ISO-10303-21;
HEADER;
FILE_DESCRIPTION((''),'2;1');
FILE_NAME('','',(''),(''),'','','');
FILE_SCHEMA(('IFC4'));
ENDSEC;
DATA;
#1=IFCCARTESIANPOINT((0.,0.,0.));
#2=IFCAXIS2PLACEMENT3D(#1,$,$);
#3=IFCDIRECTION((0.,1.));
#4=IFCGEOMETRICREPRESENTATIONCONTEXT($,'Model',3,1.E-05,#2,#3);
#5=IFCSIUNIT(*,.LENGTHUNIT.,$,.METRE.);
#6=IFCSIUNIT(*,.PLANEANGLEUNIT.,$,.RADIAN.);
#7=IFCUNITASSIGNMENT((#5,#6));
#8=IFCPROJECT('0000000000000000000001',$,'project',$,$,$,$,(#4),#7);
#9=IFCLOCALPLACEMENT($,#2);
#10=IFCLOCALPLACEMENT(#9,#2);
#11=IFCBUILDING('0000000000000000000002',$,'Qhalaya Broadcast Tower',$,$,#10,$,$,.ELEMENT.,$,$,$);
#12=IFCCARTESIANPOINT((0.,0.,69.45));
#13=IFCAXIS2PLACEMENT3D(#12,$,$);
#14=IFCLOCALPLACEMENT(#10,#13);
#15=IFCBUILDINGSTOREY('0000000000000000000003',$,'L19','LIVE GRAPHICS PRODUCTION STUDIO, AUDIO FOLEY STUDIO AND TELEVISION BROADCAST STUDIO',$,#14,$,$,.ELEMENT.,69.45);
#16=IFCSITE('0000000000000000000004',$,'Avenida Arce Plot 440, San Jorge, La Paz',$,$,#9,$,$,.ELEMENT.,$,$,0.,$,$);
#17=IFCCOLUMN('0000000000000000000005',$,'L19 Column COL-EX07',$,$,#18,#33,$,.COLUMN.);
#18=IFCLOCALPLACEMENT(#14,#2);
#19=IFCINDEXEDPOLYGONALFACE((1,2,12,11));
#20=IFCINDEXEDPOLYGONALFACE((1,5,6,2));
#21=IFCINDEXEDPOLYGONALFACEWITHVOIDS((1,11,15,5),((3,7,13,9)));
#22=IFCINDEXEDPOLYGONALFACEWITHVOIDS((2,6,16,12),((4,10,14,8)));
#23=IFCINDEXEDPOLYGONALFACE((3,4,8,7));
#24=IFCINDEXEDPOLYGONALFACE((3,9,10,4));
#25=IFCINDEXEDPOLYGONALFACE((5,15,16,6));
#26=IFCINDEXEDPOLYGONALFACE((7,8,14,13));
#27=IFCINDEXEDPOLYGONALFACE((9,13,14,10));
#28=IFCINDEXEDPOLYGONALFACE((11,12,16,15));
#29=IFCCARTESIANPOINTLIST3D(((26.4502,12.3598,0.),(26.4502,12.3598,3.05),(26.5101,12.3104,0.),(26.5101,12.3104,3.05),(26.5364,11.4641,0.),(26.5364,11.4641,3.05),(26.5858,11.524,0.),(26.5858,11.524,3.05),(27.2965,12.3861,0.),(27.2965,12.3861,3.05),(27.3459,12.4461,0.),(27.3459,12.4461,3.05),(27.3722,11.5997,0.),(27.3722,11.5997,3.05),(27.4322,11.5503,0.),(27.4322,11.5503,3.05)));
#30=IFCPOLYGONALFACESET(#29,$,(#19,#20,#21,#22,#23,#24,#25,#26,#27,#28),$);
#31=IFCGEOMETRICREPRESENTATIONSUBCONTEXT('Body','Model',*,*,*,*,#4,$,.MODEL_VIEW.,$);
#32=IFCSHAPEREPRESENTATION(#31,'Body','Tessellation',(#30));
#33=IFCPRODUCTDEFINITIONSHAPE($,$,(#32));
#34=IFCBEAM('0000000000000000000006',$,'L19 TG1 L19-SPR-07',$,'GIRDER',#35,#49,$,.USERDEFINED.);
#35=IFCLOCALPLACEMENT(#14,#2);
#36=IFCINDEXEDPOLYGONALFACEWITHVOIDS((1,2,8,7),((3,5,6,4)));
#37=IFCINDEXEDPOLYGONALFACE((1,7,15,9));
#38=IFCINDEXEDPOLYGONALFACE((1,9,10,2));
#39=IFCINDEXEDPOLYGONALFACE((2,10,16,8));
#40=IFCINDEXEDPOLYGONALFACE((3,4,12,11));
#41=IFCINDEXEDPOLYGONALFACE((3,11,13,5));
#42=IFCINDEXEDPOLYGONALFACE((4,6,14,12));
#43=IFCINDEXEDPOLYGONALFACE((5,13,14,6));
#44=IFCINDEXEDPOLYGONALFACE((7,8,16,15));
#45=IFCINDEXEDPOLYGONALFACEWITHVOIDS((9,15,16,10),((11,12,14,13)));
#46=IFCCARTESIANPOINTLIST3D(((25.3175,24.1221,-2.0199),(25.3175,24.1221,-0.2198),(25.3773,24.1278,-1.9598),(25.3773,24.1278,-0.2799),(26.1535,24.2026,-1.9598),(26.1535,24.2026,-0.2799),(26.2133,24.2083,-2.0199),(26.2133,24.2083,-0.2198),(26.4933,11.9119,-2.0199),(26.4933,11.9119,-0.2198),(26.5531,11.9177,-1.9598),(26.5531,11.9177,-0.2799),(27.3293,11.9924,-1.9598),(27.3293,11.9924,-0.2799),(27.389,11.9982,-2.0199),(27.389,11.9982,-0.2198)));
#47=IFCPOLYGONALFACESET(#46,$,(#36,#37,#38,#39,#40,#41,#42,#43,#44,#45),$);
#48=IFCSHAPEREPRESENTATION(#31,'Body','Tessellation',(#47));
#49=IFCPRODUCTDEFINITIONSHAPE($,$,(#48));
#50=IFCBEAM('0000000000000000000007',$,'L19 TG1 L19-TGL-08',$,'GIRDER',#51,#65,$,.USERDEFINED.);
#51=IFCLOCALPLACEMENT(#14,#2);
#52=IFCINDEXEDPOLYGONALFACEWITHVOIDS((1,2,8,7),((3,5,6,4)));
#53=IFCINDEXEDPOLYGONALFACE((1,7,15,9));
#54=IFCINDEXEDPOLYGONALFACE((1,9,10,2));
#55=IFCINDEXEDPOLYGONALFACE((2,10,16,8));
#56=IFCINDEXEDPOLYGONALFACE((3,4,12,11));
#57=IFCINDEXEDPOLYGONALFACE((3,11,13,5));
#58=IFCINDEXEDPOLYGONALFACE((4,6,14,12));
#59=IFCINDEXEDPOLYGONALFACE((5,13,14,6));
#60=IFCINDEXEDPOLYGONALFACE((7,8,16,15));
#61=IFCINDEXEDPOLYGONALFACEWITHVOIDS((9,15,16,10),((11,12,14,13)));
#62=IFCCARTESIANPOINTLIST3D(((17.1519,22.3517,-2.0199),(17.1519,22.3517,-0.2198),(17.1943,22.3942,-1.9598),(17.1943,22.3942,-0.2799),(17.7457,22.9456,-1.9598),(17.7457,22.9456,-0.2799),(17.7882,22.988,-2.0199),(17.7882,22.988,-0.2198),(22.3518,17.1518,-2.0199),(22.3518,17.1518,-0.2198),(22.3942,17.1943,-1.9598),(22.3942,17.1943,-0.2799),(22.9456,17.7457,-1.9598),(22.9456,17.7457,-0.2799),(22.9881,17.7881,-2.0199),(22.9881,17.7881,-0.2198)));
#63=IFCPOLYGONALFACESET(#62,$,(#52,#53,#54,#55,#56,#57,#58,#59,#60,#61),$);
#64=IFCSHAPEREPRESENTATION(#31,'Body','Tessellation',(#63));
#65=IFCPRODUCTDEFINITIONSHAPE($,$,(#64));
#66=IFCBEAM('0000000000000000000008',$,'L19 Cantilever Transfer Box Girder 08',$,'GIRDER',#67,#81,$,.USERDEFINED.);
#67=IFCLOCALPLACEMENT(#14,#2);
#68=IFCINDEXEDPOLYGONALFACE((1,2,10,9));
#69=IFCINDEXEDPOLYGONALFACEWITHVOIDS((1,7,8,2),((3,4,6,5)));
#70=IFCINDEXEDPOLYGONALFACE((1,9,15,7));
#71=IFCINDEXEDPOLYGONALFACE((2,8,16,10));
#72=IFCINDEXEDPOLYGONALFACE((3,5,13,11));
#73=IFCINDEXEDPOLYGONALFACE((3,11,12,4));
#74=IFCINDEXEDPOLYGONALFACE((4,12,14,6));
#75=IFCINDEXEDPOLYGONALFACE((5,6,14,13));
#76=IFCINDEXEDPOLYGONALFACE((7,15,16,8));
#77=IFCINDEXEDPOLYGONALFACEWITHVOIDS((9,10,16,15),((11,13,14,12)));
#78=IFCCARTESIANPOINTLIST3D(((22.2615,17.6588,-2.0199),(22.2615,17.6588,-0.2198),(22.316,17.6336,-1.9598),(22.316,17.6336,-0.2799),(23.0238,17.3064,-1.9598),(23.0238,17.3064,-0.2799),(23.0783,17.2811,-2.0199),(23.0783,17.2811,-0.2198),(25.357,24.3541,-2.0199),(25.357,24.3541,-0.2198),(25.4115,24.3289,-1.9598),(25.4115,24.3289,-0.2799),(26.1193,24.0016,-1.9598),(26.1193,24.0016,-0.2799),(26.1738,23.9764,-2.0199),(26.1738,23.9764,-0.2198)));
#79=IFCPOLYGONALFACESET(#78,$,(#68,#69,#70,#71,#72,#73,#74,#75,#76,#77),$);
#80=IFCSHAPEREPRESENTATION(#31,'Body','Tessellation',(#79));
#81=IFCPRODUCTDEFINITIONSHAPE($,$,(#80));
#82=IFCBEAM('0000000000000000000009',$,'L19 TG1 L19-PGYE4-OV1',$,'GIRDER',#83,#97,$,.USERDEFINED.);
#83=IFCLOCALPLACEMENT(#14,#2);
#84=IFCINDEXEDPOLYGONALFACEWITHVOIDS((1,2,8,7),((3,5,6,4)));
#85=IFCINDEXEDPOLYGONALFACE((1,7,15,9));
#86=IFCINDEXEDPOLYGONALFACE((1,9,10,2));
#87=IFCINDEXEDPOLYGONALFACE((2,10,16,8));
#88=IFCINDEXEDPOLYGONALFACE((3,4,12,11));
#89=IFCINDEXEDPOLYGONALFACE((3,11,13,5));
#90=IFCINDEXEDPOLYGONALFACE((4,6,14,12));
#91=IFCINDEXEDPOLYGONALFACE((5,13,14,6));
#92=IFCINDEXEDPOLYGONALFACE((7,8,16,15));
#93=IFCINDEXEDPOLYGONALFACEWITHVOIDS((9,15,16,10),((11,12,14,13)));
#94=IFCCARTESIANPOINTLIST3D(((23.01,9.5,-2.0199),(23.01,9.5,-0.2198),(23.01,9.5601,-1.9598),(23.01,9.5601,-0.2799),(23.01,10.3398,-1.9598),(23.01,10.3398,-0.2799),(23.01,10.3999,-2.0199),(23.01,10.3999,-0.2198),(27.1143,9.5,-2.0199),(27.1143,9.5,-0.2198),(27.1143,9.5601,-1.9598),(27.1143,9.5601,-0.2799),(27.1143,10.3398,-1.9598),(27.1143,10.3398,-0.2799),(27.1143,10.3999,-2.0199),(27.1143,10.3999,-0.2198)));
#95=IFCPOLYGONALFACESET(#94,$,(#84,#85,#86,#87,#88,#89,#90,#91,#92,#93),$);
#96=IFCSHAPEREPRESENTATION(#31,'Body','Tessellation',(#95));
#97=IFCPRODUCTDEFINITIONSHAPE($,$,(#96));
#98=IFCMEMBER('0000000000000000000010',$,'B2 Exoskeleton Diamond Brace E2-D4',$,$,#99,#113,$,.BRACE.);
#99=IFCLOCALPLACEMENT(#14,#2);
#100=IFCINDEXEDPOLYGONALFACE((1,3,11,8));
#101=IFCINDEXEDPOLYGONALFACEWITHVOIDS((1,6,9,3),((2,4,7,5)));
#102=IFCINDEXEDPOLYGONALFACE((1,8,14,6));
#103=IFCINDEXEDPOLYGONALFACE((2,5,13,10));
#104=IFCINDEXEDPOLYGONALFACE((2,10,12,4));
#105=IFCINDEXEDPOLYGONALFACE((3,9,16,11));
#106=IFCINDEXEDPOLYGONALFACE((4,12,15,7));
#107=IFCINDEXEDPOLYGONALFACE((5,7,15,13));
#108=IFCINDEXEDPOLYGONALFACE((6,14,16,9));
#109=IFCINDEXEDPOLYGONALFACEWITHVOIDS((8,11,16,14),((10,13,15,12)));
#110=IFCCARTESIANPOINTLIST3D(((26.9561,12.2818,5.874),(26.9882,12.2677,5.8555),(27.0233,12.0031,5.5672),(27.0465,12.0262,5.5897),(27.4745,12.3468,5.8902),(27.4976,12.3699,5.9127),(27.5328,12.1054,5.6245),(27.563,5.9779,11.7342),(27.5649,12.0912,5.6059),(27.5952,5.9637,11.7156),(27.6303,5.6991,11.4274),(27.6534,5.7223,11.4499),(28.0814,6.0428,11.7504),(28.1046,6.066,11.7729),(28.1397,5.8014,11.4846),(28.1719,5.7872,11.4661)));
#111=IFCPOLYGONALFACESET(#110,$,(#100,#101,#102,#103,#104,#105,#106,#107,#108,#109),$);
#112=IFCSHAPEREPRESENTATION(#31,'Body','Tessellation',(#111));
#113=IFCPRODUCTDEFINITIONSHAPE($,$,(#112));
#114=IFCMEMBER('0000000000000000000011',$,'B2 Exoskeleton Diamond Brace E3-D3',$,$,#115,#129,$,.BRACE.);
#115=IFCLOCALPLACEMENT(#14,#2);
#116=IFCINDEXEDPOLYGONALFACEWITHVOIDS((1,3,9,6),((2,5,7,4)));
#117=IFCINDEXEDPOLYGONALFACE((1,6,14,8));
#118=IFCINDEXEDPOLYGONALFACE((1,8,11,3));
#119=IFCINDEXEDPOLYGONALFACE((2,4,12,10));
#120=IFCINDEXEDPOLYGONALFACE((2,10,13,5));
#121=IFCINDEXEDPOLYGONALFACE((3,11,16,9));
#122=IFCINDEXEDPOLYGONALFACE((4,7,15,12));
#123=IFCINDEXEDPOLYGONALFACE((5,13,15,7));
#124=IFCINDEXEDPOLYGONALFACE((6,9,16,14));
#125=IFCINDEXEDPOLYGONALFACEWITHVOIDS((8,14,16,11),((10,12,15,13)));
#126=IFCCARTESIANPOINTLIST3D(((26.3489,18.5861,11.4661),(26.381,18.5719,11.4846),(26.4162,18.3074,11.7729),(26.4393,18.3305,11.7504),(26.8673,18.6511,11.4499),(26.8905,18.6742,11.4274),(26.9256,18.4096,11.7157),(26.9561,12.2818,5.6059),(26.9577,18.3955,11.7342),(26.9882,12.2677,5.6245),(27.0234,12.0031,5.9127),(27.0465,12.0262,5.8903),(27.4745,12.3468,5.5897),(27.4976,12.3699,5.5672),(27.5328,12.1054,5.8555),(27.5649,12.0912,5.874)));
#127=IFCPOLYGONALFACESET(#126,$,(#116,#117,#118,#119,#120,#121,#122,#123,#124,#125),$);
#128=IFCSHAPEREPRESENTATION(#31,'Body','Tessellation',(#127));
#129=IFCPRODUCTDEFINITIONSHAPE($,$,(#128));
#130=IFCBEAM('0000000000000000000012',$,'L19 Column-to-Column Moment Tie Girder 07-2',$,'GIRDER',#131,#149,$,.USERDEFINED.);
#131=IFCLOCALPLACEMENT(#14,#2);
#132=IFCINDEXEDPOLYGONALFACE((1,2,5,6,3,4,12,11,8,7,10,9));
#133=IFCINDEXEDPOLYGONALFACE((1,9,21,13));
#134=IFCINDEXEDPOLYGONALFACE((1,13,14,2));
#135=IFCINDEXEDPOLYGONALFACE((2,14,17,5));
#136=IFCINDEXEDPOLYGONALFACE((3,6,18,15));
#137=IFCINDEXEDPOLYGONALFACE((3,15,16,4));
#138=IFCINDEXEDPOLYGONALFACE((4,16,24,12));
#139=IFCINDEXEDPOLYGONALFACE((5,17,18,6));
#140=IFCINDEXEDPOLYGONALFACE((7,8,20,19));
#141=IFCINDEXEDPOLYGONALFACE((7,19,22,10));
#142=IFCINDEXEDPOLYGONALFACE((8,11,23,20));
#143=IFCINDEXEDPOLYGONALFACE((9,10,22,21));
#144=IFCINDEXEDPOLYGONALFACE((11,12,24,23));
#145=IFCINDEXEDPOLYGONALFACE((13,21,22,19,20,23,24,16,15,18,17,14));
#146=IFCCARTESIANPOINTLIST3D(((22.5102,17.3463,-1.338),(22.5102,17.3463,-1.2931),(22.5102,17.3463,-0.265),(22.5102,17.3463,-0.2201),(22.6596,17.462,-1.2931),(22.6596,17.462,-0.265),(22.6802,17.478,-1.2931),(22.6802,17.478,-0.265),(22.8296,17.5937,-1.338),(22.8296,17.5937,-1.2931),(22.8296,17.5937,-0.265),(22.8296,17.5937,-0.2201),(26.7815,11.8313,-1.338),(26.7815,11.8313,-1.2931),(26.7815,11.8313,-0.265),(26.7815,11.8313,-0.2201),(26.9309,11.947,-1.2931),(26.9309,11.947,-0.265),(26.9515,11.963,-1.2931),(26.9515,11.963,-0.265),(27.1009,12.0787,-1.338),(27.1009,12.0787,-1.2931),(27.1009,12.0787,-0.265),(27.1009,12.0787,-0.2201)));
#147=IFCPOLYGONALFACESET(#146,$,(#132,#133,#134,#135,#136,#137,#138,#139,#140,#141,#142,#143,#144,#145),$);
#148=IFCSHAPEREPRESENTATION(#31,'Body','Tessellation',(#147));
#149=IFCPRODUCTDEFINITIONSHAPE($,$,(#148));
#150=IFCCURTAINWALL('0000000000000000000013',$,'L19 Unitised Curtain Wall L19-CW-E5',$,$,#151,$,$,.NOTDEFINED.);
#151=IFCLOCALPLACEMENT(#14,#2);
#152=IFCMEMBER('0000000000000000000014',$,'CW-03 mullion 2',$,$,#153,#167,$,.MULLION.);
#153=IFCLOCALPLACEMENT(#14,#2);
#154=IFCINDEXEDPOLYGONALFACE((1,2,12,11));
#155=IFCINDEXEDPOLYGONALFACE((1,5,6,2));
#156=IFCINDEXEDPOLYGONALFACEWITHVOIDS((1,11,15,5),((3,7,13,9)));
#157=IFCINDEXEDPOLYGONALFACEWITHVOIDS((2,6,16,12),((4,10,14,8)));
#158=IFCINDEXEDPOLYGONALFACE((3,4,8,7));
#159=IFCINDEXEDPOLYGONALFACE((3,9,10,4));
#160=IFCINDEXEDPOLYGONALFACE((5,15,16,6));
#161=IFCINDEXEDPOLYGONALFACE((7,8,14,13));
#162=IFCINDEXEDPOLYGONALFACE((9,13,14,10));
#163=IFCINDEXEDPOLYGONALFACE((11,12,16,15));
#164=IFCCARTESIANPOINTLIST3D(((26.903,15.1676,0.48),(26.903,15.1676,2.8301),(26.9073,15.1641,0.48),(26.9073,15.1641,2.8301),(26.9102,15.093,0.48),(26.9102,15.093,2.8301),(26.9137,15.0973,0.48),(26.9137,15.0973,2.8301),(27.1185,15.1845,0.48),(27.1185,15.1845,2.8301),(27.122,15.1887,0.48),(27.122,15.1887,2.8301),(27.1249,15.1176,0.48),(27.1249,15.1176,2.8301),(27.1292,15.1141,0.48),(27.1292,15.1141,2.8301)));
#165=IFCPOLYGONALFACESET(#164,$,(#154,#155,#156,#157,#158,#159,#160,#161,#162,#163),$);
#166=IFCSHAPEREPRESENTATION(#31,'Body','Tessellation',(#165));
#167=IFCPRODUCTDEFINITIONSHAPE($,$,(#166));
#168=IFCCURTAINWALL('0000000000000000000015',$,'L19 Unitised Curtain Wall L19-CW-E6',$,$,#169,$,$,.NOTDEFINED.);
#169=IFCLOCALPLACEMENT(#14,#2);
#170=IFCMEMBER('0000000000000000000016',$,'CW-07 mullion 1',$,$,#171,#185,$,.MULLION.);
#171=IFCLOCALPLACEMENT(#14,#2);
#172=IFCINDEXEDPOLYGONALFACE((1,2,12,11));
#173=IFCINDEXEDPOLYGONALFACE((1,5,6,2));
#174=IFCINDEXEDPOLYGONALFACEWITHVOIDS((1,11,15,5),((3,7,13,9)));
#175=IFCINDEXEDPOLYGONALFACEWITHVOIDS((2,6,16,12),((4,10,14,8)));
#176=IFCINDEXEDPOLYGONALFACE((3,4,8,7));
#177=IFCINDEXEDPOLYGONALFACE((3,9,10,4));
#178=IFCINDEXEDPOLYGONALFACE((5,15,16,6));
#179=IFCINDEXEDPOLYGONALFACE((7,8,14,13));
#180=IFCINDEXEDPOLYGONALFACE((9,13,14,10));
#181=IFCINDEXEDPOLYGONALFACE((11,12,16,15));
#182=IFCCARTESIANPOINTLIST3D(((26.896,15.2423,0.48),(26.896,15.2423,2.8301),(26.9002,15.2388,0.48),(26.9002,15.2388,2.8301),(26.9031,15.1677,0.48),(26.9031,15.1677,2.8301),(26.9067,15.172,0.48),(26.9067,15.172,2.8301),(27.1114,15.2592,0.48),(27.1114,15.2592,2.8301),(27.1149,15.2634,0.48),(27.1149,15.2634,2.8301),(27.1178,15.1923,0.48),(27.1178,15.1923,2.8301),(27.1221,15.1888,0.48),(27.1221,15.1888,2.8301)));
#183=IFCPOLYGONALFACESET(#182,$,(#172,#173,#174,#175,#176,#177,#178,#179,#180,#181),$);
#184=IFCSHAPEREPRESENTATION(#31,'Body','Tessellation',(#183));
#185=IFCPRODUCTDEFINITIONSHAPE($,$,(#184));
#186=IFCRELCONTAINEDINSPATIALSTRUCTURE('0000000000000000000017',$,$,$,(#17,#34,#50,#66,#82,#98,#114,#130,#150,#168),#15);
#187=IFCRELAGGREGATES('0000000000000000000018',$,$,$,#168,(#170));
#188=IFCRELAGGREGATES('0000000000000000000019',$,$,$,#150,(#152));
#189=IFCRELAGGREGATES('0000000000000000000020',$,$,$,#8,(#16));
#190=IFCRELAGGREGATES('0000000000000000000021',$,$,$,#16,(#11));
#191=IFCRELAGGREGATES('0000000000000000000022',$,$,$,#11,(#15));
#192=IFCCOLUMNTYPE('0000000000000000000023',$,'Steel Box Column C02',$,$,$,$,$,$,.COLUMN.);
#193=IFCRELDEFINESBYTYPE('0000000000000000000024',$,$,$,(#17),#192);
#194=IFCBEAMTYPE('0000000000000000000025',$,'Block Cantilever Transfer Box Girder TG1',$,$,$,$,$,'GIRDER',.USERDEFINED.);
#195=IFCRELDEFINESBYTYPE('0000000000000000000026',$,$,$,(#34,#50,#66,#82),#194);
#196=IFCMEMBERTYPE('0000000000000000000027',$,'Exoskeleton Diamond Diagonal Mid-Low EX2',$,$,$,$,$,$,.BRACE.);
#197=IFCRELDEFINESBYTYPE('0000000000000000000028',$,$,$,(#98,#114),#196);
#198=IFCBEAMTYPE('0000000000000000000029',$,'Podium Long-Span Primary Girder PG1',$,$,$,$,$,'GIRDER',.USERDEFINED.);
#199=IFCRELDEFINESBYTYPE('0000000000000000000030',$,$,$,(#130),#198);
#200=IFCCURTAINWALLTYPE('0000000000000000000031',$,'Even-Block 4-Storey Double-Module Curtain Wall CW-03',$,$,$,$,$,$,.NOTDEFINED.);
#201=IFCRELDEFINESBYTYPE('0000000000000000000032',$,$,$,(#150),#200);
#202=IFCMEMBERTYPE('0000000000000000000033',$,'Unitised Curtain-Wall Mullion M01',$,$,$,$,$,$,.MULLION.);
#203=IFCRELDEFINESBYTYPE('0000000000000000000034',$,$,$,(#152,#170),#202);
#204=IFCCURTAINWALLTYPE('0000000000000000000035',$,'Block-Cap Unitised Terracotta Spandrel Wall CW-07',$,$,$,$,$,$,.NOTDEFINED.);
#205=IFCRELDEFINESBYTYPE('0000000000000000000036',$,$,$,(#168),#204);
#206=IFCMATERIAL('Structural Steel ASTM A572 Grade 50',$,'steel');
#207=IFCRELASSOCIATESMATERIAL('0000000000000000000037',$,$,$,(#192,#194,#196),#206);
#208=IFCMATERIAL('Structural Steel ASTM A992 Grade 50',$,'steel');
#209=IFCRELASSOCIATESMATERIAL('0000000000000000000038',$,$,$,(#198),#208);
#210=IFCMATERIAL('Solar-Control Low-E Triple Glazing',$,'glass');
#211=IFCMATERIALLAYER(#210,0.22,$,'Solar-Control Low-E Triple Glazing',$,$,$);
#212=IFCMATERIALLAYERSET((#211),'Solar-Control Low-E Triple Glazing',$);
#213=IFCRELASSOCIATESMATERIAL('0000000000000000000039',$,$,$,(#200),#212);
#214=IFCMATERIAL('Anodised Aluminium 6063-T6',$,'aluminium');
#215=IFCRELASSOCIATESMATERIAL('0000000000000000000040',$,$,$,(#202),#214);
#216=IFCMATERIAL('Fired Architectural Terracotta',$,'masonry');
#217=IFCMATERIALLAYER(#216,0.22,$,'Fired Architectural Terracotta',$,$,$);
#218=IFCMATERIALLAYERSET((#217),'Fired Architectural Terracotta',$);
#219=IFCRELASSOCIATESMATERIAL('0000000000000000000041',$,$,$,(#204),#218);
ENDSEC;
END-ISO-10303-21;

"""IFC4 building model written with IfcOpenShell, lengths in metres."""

from ifc_helpers import new_model, si_unit, direction, frame, origin, origin_2d, place, context, subcontext, project, spatial, hollow_rectangle, i_section, extrude, material, layer, layer_set, material_profile, profile_set, type_object, element, aggregate, save


model = new_model("IFC4")

# Units and contexts
model_context = context("Model", 3, precision=1e-05, world=origin(), true_north=direction((0.0, 1.0)))
body_context = subcontext(model_context, "Body", "Model", "MODEL_VIEW")
ifc_project = project(units=[si_unit("LENGTHUNIT", "METRE"), si_unit("PLANEANGLEUNIT", "RADIAN")], contexts=[model_context])

# Site, building, storey
site_placement = place(None, origin())
site = spatial("IfcSite", under=ifc_project, at=site_placement, Name="Avenida Arce Plot 440, San Jorge, La Paz", CompositionType="ELEMENT", RefElevation=0.0)
building_placement = place(site_placement, origin())
building = spatial("IfcBuilding", under=site, at=building_placement, Name="Qhalaya Broadcast Tower", CompositionType="ELEMENT")
storey_placement = place(building_placement, frame((0.0, 0.0, 69.45)))
storey = spatial("IfcBuildingStorey", under=building, at=storey_placement, Name="L19", Description="LIVE GRAPHICS PRODUCTION STUDIO, AUDIO FOLEY STUDIO AND TELEVISION BROADCAST STUDIO", CompositionType="ELEMENT", Elevation=69.45)

# Column
ifc_material_1 = material(Name="Structural Steel ASTM A572 Grade 50", Category="steel")
ifc_material_profile_1 = material_profile(ifc_material_1, hollow_rectangle(XDim=0.8999, YDim=0.8999, WallThickness=0.0549, at=origin_2d()), Name="BOX 900x900x55")
ifc_profile_set_1 = profile_set([ifc_material_profile_1], Name="Structural Steel ASTM A572 Grade 50")
column_type = type_object("IfcColumnType", Name="Steel Box Column C02", PredefinedType="COLUMN", material=ifc_profile_set_1)
column_placement = place(storey_placement, frame((26.9412, 11.9551, 0.0), z_axis=(0.0, 0.0, 1.0), x_axis=(-0.095846, 0.995396, 0.0)))
element("IfcColumn", 1, at=column_placement, inside=storey, type_object=column_type, Name="L19 Column COL-EX07", PredefinedType="COLUMN", context=body_context, shape_type="SweptSolid", body=[
    extrude(hollow_rectangle(XDim=0.8999, YDim=0.8999, WallThickness=0.0549, at=origin_2d()), origin(), (0.0, 0.0, 1.0), 3.05),
])

# Beams
ifc_material_profile_2 = material_profile(ifc_material_1, hollow_rectangle(XDim=0.8999, YDim=1.8, WallThickness=0.0601, at=origin_2d()), Name="BOX 900x1800x60")
ifc_profile_set_2 = profile_set([ifc_material_profile_2], Name="Structural Steel ASTM A572 Grade 50")
beam_type_1 = type_object("IfcBeamType", Name="Block Cantilever Transfer Box Girder TG1", ElementType="GIRDER", PredefinedType="USERDEFINED", material=ifc_profile_set_2)
beam_1_placement = place(storey_placement, frame((26.9412, 11.9551, -1.1199), z_axis=(-0.095852, 0.995396, 0.0), x_axis=(-0.995396, -0.095852, 0.0)))
element("IfcBeam", 2, at=beam_1_placement, inside=storey, type_object=beam_type_1, Name="L19 TG1 L19-SPR-07", ObjectType="GIRDER", PredefinedType="USERDEFINED", context=body_context, shape_type="SweptSolid", body=[
    extrude(hollow_rectangle(XDim=0.8999, YDim=1.8, WallThickness=0.0601, at=origin_2d()), origin(), (0.0, 0.0, 1.0), 12.2666),
])
beam_2_placement = place(storey_placement, frame((22.6699, 17.47, -1.1199), z_axis=(-0.707107, 0.707107, 0.0), x_axis=(-0.707107, -0.707107, 0.0)))
element("IfcBeam", 3, at=beam_2_placement, inside=storey, type_object=beam_type_1, Name="L19 TG1 L19-TGL-08", ObjectType="GIRDER", PredefinedType="USERDEFINED", context=body_context, shape_type="SweptSolid", body=[
    extrude(hollow_rectangle(XDim=0.8999, YDim=1.8, WallThickness=0.0601, at=origin_2d()), origin(), (0.0, 0.0, 1.0), 7.3538),
])
beam_3_placement = place(storey_placement, frame((22.6699, 17.47, -1.1199), z_axis=(0.419652, 0.907685, 0.0), x_axis=(-0.907685, 0.419652, 0.0)))
element("IfcBeam", 4, at=beam_3_placement, inside=storey, type_object=beam_type_1, Name="L19 Cantilever Transfer Box Girder 08", ObjectType="GIRDER", PredefinedType="USERDEFINED", context=body_context, shape_type="SweptSolid", body=[
    extrude(hollow_rectangle(XDim=0.8999, YDim=1.8, WallThickness=0.0601, at=origin_2d()), origin(), (0.0, 0.0, 1.0), 7.3762),
])
beam_4_placement = place(storey_placement, frame((23.01, 9.95, -1.1199), z_axis=(1.0, 0.0, 0.0), x_axis=(0.0, 1.0, 0.0)))
element("IfcBeam", 5, at=beam_4_placement, inside=storey, type_object=beam_type_1, Name="L19 TG1 L19-PGYE4-OV1", ObjectType="GIRDER", PredefinedType="USERDEFINED", context=body_context, shape_type="SweptSolid", body=[
    extrude(hollow_rectangle(XDim=0.8999, YDim=1.8, WallThickness=0.0601, at=origin_2d()), origin(), (0.0, 0.0, 1.0), 4.1042),
])

# Members
ifc_material_profile_3 = material_profile(ifc_material_1, hollow_rectangle(XDim=0.4199, YDim=0.55, WallThickness=0.0281, at=origin_2d()), Name="BOX 420x550x28")
ifc_profile_set_3 = profile_set([ifc_material_profile_3], Name="Structural Steel ASTM A572 Grade 50")
member_type_1 = type_object("IfcMemberType", Name="Exoskeleton Diamond Diagonal Mid-Low EX2", PredefinedType="BRACE", material=ifc_profile_set_3)
member_1_placement = place(storey_placement, frame((27.2605, 12.1865, 5.74), z_axis=(0.070341, -0.730606, 0.679166), x_axis=(-0.160193, 0.663742, 0.730606)))
element("IfcMember", 6, at=member_1_placement, inside=storey, type_object=member_type_1, Name="B2 Exoskeleton Diamond Brace E2-D4", PredefinedType="BRACE", context=body_context, shape_type="SweptSolid", body=[
    extrude(hollow_rectangle(XDim=0.4199, YDim=0.55, WallThickness=0.0281, at=origin_2d()), origin(), (0.0, 0.0, 1.0), 8.6284),
])
member_2_placement = place(storey_placement, frame((27.2605, 12.1865, 5.74), z_axis=(-0.070368, 0.730618, 0.679151), x_axis=(0.160214, -0.663721, 0.73062)))
element("IfcMember", 7, at=member_2_placement, inside=storey, type_object=member_type_1, Name="B2 Exoskeleton Diamond Brace E3-D3", PredefinedType="BRACE", context=body_context, shape_type="SweptSolid", body=[
    extrude(hollow_rectangle(XDim=0.4199, YDim=0.55, WallThickness=0.0281, at=origin_2d()), origin(), (0.0, 0.0, 1.0), 8.6287),
])

# Beam
ifc_material_2 = material(Name="Structural Steel ASTM A992 Grade 50", Category="steel")
ifc_material_profile_4 = material_profile(ifc_material_2, i_section(OverallWidth=0.4041, OverallDepth=1.1179, WebThickness=0.0261, FlangeThickness=0.0449, at=origin_2d()), Name="W44X335")
ifc_profile_set_4 = profile_set([ifc_material_profile_4], Name="Structural Steel ASTM A992 Grade 50")
beam_type_2 = type_object("IfcBeamType", Name="Podium Long-Span Primary Girder PG1", ElementType="GIRDER", PredefinedType="USERDEFINED", material=ifc_profile_set_4)
beam_5_placement = place(storey_placement, frame((22.6699, 17.47, -0.7791), z_axis=(0.612321, -0.790609, 0.0), x_axis=(0.790609, 0.612321, 0.0)))
element("IfcBeam", 8, at=beam_5_placement, inside=storey, type_object=beam_type_2, Name="L19 Column-to-Column Moment Tie Girder 07-2", ObjectType="GIRDER", PredefinedType="USERDEFINED", context=body_context, shape_type="SweptSolid", body=[
    extrude(i_section(OverallWidth=0.4041, OverallDepth=1.1179, WebThickness=0.0261, FlangeThickness=0.0449, at=origin_2d()), origin(), (0.0, 0.0, 1.0), 6.9756),
])

# Curtain wall, member
ifc_material_3 = material(Name="Solar-Control Low-E Triple Glazing", Category="glass")
ifc_layer_1 = layer(ifc_material_3, 0.22, Name="Solar-Control Low-E Triple Glazing")
ifc_layer_set_1 = layer_set([ifc_layer_1], Name="Solar-Control Low-E Triple Glazing")
curtain_wall_type_1 = type_object("IfcCurtainWallType", Name="Even-Block 4-Storey Double-Module Curtain Wall CW-03", PredefinedType="NOTDEFINED", material=ifc_layer_set_1)
curtain_wall_1_placement = place(storey_placement, origin())
curtain_wall_1 = element("IfcCurtainWall", 9, at=curtain_wall_1_placement, inside=storey, type_object=curtain_wall_type_1, Name="L19 Unitised Curtain Wall L19-CW-E5", PredefinedType="NOTDEFINED")
ifc_material_4 = material(Name="Anodised Aluminium 6063-T6", Category="aluminium")
ifc_material_profile_5 = material_profile(ifc_material_4, hollow_rectangle(XDim=0.075, YDim=0.22, WallThickness=0.0039, at=origin_2d()), Name="ALU-MUL 75x220x4")
ifc_profile_set_5 = profile_set([ifc_material_profile_5], Name="Anodised Aluminium 6063-T6")
member_type_2 = type_object("IfcMemberType", Name="Unitised Curtain-Wall Mullion M01", PredefinedType="MULLION", material=ifc_profile_set_5)
member_3_placement = place(storey_placement, frame((27.0161, 15.1409, 0.48), z_axis=(0.0, 0.0, 1.0), x_axis=(-0.095836, 0.995397, 0.0)))
member_3 = element("IfcMember", 10, at=member_3_placement, type_object=member_type_2, Name="CW-03 mullion 2", PredefinedType="MULLION", context=body_context, shape_type="SweptSolid", body=[
    extrude(hollow_rectangle(XDim=0.075, YDim=0.22, WallThickness=0.0039, at=origin_2d()), origin(), (0.0, 0.0, 1.0), 2.3501),
])

# Curtain wall, member
ifc_material_5 = material(Name="Fired Architectural Terracotta", Category="masonry")
ifc_layer_2 = layer(ifc_material_5, 0.22, Name="Fired Architectural Terracotta")
ifc_layer_set_2 = layer_set([ifc_layer_2], Name="Fired Architectural Terracotta")
curtain_wall_type_2 = type_object("IfcCurtainWallType", Name="Block-Cap Unitised Terracotta Spandrel Wall CW-07", PredefinedType="NOTDEFINED", material=ifc_layer_set_2)
curtain_wall_2_placement = place(storey_placement, origin())
curtain_wall_2 = element("IfcCurtainWall", 11, at=curtain_wall_2_placement, inside=storey, type_object=curtain_wall_type_2, Name="L19 Unitised Curtain Wall L19-CW-E6", PredefinedType="NOTDEFINED")
member_4_placement = place(storey_placement, frame((27.009, 15.2156, 0.48), z_axis=(0.0, 0.0, 1.0), x_axis=(-0.095858, 0.995395, 0.0)))
member_4 = element("IfcMember", 12, at=member_4_placement, type_object=member_type_2, Name="CW-07 mullion 1", PredefinedType="MULLION", context=body_context, shape_type="SweptSolid", body=[
    extrude(hollow_rectangle(XDim=0.075, YDim=0.22, WallThickness=0.0039, at=origin_2d()), origin(), (0.0, 0.0, 1.0), 2.3501),
])
aggregate(curtain_wall_2, [member_4])

aggregate(curtain_wall_1, [member_3])

save(model, "model.ifc")
